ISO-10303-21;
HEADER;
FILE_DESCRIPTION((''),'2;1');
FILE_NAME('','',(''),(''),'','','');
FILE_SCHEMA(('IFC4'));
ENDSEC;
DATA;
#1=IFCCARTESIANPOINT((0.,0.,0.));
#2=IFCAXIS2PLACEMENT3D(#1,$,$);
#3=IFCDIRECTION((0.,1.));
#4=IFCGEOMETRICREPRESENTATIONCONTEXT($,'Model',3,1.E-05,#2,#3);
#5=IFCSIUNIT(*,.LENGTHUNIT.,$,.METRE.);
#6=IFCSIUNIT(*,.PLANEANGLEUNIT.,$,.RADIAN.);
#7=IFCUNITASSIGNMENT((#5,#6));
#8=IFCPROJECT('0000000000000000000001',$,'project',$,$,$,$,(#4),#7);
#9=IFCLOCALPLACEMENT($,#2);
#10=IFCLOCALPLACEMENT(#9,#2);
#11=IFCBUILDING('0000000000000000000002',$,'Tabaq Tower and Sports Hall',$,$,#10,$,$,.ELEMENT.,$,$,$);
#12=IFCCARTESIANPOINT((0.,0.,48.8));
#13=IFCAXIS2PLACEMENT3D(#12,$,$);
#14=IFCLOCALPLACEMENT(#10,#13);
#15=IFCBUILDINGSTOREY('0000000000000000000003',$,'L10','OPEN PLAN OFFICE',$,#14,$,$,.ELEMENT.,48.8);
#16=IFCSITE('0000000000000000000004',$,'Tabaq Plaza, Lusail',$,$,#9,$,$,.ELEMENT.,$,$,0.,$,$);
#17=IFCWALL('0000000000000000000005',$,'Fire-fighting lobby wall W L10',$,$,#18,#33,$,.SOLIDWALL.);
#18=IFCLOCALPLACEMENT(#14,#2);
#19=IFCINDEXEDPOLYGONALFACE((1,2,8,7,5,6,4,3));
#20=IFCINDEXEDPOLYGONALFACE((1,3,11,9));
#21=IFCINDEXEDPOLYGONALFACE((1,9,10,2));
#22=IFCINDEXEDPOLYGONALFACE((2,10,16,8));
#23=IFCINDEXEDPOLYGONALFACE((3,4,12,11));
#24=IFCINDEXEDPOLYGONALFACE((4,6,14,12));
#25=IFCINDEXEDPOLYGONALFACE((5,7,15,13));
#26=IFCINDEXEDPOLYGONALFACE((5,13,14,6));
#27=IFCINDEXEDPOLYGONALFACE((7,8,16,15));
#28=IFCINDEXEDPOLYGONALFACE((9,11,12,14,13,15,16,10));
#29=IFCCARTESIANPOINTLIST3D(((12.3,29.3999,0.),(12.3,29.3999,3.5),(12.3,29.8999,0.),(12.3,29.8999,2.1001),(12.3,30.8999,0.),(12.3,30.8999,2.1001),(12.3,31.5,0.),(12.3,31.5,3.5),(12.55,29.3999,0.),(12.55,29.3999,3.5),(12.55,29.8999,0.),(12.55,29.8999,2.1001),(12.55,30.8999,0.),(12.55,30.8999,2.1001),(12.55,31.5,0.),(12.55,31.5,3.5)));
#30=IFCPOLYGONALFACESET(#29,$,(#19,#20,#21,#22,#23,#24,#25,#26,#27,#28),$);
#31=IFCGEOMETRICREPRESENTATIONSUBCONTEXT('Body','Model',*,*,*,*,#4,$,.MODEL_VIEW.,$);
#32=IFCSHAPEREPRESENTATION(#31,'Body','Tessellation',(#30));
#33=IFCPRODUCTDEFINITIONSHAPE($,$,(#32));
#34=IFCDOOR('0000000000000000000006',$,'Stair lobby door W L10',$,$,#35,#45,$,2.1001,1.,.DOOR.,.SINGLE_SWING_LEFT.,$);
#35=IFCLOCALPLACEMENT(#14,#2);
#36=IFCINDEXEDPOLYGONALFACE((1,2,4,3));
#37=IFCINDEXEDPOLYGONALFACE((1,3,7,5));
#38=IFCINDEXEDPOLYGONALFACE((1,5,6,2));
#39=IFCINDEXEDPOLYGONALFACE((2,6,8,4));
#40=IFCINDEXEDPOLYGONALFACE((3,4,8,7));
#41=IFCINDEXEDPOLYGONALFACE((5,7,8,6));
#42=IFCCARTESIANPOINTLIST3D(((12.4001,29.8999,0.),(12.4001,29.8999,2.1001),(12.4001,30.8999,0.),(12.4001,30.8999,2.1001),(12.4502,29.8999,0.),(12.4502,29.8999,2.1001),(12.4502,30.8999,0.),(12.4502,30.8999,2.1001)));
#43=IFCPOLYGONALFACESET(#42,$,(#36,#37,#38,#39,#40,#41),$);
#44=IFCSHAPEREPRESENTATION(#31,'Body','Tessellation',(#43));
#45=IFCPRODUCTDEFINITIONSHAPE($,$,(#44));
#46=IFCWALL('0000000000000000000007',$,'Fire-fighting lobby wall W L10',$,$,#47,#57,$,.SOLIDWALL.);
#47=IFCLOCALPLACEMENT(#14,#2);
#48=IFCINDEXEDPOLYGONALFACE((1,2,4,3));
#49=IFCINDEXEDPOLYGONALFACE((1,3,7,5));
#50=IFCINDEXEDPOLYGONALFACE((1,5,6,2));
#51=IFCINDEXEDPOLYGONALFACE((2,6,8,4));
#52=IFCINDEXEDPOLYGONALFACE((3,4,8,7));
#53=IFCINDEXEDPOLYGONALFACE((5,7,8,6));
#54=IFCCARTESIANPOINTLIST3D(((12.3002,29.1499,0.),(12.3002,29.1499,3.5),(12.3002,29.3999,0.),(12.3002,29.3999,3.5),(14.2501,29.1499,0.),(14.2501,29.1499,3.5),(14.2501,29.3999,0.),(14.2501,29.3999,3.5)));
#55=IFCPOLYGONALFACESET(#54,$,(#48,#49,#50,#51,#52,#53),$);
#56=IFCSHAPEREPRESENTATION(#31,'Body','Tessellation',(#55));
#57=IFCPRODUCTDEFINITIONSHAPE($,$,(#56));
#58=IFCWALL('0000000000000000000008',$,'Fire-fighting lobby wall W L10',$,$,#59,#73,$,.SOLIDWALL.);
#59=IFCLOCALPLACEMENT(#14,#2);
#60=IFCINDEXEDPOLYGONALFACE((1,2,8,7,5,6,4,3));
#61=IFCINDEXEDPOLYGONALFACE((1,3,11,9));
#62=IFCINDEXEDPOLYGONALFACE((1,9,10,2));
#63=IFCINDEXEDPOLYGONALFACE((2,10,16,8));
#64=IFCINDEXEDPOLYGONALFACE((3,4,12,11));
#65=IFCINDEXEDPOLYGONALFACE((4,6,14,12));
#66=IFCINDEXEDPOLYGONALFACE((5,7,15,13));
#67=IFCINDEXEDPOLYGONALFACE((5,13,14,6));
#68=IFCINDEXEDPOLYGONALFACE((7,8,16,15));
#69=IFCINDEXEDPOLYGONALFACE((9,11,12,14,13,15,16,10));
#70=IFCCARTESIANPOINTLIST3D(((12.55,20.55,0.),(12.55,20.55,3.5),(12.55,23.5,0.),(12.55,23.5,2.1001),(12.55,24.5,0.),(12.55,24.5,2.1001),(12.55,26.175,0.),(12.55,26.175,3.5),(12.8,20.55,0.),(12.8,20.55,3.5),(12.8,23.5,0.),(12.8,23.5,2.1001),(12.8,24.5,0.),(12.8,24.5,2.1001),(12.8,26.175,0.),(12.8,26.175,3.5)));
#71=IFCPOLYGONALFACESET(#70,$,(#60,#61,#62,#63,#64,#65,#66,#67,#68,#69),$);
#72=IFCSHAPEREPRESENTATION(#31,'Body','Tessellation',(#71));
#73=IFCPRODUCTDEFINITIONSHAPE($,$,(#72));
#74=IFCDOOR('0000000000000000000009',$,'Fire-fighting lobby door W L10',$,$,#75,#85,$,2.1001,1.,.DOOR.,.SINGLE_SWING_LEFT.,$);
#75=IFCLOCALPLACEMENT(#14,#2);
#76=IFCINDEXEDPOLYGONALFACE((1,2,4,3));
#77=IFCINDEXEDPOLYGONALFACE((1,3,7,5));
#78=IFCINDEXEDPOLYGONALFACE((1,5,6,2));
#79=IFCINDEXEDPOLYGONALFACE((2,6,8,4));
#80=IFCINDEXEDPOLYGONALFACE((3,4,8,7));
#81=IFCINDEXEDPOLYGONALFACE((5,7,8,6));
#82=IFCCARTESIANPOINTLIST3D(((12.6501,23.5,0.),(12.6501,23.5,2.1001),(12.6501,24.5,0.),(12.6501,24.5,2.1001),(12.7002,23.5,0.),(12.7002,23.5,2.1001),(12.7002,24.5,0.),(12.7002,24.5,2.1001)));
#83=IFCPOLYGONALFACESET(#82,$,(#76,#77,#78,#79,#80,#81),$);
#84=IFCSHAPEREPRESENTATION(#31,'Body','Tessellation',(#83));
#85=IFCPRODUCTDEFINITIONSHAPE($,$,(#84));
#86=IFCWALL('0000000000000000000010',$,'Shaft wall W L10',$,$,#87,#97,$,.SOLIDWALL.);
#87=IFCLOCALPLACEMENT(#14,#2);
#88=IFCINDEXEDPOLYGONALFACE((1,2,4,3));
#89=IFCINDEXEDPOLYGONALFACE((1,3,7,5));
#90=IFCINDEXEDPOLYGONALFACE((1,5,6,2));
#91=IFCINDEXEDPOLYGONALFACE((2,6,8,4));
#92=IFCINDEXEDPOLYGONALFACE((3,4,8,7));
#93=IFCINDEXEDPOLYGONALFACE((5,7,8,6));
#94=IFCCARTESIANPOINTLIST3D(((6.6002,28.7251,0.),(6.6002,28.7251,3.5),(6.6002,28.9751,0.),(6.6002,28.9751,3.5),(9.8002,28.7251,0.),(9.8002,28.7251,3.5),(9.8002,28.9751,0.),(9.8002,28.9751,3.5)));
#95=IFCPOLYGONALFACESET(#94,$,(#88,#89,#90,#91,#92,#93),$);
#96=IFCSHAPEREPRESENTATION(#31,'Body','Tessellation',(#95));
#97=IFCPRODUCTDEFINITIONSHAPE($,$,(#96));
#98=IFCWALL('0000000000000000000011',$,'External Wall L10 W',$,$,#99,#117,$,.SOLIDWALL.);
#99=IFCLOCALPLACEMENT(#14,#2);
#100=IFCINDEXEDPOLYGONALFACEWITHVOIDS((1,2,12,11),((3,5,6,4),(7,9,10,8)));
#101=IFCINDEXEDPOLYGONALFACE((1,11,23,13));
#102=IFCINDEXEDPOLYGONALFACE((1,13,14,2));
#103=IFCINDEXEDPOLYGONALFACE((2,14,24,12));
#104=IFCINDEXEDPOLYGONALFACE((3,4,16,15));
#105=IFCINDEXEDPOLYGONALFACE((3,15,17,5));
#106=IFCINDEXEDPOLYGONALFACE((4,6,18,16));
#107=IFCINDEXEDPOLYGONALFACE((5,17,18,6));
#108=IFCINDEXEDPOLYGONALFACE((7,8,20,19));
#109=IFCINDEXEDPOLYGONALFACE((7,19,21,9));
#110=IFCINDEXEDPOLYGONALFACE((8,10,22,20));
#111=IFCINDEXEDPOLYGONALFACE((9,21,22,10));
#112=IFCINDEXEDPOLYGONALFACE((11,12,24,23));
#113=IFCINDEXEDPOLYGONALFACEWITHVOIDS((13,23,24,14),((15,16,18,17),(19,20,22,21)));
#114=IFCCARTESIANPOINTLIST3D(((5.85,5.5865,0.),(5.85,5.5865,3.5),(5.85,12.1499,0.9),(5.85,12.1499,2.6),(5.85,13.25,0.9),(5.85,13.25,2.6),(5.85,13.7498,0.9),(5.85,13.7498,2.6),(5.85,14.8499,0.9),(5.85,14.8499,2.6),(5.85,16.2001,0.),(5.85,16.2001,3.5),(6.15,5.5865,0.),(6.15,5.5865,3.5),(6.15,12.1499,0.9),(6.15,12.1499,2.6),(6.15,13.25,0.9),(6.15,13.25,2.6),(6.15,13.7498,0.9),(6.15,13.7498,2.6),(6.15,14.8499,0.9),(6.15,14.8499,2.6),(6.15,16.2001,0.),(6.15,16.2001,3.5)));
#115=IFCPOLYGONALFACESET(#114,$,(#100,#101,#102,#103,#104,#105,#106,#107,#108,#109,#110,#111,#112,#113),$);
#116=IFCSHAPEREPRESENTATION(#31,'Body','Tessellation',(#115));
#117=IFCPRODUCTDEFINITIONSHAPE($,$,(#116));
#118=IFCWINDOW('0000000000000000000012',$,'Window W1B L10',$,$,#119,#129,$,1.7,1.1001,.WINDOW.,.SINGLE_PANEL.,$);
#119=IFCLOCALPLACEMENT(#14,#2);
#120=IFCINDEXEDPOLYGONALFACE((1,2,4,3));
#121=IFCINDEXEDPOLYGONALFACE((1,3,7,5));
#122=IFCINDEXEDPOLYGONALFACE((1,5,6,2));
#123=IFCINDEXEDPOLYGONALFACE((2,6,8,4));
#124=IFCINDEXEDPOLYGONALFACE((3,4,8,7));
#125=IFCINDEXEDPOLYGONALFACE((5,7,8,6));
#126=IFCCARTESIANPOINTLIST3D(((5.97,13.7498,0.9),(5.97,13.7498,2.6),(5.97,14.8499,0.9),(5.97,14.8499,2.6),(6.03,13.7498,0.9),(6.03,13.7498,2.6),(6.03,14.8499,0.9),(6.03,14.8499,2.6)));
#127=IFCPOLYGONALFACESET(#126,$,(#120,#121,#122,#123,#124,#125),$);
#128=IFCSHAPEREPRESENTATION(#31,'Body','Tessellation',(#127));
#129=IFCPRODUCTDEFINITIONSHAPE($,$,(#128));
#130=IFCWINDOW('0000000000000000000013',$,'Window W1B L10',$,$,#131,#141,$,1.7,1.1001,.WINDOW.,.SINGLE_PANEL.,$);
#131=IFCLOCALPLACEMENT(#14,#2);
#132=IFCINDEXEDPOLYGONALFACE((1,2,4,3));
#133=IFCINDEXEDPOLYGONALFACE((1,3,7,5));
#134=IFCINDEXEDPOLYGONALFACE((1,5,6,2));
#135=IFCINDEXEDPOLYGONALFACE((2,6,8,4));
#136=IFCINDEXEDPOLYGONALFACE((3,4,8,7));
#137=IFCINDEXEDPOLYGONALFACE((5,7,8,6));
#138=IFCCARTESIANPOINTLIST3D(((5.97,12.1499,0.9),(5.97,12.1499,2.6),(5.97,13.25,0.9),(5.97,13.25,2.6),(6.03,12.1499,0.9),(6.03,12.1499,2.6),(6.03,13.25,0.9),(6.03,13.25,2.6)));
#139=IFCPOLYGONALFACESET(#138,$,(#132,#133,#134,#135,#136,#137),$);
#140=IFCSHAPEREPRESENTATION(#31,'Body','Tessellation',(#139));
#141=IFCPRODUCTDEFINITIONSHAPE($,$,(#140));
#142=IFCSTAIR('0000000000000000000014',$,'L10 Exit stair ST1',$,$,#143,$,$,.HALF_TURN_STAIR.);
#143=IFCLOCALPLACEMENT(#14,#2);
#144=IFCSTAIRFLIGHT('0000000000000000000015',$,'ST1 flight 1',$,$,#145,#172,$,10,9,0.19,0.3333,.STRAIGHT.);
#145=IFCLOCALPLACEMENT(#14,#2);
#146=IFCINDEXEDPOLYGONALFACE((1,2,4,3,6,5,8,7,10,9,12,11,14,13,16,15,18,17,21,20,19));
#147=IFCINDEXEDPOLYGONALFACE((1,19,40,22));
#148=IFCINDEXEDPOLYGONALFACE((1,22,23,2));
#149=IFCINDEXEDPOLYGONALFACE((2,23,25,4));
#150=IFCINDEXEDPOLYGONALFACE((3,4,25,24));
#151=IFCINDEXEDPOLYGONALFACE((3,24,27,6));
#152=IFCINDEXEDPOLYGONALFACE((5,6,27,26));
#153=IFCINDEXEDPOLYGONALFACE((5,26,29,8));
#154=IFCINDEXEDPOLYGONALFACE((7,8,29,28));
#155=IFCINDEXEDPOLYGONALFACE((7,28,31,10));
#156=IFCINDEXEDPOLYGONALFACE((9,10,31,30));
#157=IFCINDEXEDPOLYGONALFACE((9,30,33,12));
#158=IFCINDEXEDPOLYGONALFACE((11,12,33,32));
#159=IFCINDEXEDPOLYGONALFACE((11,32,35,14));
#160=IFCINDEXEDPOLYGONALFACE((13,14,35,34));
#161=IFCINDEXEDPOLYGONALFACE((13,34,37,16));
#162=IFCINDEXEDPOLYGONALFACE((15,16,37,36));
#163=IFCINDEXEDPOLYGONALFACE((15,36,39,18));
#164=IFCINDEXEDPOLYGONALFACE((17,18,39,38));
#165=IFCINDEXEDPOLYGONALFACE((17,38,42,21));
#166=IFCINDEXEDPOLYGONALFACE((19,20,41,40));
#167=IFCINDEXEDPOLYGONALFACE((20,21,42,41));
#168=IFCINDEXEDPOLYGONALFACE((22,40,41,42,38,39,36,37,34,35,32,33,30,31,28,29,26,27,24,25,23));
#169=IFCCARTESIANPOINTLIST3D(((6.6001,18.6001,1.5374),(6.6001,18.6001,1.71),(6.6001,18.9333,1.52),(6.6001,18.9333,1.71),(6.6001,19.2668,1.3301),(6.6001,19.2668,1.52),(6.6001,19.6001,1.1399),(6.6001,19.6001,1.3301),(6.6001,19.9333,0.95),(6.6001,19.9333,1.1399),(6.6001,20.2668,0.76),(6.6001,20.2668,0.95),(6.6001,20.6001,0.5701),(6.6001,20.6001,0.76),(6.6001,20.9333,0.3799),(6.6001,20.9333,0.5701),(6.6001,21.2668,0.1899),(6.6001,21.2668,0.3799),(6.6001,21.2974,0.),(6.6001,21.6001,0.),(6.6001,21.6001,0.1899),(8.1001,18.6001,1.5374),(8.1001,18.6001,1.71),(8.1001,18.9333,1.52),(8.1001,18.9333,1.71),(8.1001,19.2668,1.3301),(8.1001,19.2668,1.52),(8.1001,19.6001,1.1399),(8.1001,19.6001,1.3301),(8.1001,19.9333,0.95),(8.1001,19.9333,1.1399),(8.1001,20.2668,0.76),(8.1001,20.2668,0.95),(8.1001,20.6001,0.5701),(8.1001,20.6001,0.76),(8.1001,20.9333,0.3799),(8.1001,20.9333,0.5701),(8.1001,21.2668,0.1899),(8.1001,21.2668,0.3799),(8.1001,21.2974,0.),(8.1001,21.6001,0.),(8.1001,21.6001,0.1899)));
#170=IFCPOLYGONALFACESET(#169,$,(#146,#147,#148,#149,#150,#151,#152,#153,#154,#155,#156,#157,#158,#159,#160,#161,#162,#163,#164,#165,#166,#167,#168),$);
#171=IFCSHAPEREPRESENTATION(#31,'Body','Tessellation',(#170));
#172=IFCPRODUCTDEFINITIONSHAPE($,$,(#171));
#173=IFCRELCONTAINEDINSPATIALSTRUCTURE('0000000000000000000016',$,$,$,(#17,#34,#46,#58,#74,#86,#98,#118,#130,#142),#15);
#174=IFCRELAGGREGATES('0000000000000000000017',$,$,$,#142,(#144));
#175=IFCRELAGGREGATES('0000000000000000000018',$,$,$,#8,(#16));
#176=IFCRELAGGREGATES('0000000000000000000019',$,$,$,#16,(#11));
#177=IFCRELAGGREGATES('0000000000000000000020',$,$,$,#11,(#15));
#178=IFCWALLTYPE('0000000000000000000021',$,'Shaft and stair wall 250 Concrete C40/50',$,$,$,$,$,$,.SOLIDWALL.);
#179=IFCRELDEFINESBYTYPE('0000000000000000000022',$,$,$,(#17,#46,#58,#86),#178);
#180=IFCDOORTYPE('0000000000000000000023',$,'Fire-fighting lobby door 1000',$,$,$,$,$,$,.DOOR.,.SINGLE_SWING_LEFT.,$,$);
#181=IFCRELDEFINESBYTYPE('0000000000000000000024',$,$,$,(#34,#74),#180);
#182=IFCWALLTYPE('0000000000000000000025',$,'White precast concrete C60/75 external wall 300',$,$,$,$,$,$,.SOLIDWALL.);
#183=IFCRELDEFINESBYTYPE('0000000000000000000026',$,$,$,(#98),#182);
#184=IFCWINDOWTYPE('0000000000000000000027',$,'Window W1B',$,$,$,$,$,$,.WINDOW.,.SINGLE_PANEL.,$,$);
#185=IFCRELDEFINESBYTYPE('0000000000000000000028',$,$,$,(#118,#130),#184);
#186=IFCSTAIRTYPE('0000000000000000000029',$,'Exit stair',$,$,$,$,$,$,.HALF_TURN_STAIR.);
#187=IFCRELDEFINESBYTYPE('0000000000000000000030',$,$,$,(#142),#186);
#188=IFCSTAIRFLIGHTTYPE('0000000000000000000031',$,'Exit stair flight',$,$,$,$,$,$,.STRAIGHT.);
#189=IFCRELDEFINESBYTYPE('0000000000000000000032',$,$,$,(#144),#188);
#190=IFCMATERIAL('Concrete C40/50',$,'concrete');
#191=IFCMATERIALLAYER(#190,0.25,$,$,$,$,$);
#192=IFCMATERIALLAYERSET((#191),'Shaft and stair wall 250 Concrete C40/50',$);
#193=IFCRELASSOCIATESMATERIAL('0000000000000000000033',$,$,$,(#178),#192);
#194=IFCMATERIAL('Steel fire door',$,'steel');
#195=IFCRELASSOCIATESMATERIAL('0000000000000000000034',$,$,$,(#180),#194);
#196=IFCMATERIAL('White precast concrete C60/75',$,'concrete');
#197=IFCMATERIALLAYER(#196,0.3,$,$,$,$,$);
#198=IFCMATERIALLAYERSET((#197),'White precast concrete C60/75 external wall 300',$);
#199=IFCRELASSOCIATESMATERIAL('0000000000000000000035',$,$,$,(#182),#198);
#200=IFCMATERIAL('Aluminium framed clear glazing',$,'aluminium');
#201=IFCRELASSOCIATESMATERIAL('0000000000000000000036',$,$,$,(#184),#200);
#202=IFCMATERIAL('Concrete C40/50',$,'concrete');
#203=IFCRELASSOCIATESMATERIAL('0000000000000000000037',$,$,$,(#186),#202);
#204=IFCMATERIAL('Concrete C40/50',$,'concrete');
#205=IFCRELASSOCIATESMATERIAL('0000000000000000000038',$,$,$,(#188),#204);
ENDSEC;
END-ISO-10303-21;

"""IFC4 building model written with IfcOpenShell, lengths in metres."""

from ifc_helpers import new_model, si_unit, direction, frame, frame_2d, origin, place, context, subcontext, project, spatial, polyline, rectangle, outline, extrude, material, layer, layer_set, type_object, element, fill, aggregate, save


model = new_model("IFC4")

# Units and contexts
model_context = context("Model", 3, precision=1e-05, world=origin(), true_north=direction((0.0, 1.0)))
body_context = subcontext(model_context, "Body", "Model", "MODEL_VIEW")
ifc_project = project(units=[si_unit("LENGTHUNIT", "METRE"), si_unit("PLANEANGLEUNIT", "RADIAN")], contexts=[model_context])

# Site, building, storey
site_placement = place(None, origin())
site = spatial("IfcSite", under=ifc_project, at=site_placement, Name="Tabaq Plaza, Lusail", CompositionType="ELEMENT", RefElevation=0.0)
building_placement = place(site_placement, origin())
building = spatial("IfcBuilding", under=site, at=building_placement, Name="Tabaq Tower and Sports Hall", CompositionType="ELEMENT")
storey_placement = place(building_placement, frame((0.0, 0.0, 48.8)))
storey = spatial("IfcBuildingStorey", under=building, at=storey_placement, Name="L10", Description="OPEN PLAN OFFICE", CompositionType="ELEMENT", Elevation=48.8)

# Shared definitions
ifc_material_1 = material(Name="Concrete C40/50", Category="concrete")
ifc_layer_1 = layer(ifc_material_1, 0.25)
ifc_layer_set_1 = layer_set([ifc_layer_1], Name="Shaft and stair wall 250 Concrete C40/50")
wall_type_1 = type_object("IfcWallType", Name="Shaft and stair wall 250 Concrete C40/50", PredefinedType="SOLIDWALL", material=ifc_layer_set_1)

# Wall, opening, door
wall_1_placement = place(storey_placement, frame((12.425, 29.3999, 0.0), z_axis=(0.0, 0.0, 1.0), x_axis=(0.0, 1.0, 0.0)))
wall_1 = element("IfcWall", 1, at=wall_1_placement, inside=storey, type_object=wall_type_1, Name="Fire-fighting lobby wall W L10", PredefinedType="SOLIDWALL", context=body_context, shape_type="SweptSolid", body=[
    extrude(rectangle(XDim=2.1001, YDim=0.25, at=frame_2d((1.05, 0.0))), origin(), (0.0, 0.0, 1.0), 3.5),
])
opening_1_placement = place(wall_1_placement, frame((0.5, 0.0, 0.0)))
opening_1 = element("IfcOpeningElement", 2, at=opening_1_placement, cuts=wall_1, PredefinedType="OPENING", context=body_context, shape_type="SweptSolid", body=[
    extrude(rectangle(XDim=1.0, YDim=2.1001, at=frame_2d((0.5, 1.05))), frame((0.0, 0.125, 0.0), z_axis=(0.0, -1.0, 0.0), x_axis=(1.0, 0.0, 0.0)), (0.0, 0.0, 1.0), 0.25),
])
ifc_material_2 = material(Name="Steel fire door", Category="steel")
door_type_1 = type_object("IfcDoorType", Name="Fire-fighting lobby door 1000", OperationType="SINGLE_SWING_LEFT", PredefinedType="DOOR", material=ifc_material_2)
door_1_placement = place(opening_1_placement, origin())
door_1 = element("IfcDoor", 3, at=door_1_placement, inside=storey, type_object=door_type_1, Name="Stair lobby door W L10", OperationType="SINGLE_SWING_LEFT", OverallHeight=2.1001, OverallWidth=1.0, PredefinedType="DOOR", context=body_context, shape_type="SweptSolid", body=[
    extrude(rectangle(XDim=1.0, YDim=2.1001, at=frame_2d((0.5, 1.05))), frame((0.0, 0.0249, 0.0), z_axis=(0.0, -1.0, 0.0), x_axis=(1.0, 0.0, 0.0)), (0.0, 0.0, 1.0), 0.05),
])
fill(opening_1, door_1)

# Wall
wall_2_placement = place(storey_placement, frame((12.3, 29.2749, 0.0), z_axis=(0.0, 0.0, 1.0), x_axis=(1.0, 0.0, 0.0)))
element("IfcWall", 4, at=wall_2_placement, inside=storey, type_object=wall_type_1, Name="Fire-fighting lobby wall W L10", PredefinedType="SOLIDWALL", context=body_context, shape_type="SweptSolid", body=[
    extrude(rectangle(XDim=1.95, YDim=0.25, at=frame_2d((0.9751, 0.0))), origin(), (0.0, 0.0, 1.0), 3.5),
])

# Wall, opening, door
wall_3_placement = place(storey_placement, frame((12.675, 20.55, 0.0), z_axis=(0.0, 0.0, 1.0), x_axis=(0.0, 1.0, 0.0)))
wall_3 = element("IfcWall", 5, at=wall_3_placement, inside=storey, type_object=wall_type_1, Name="Fire-fighting lobby wall W L10", PredefinedType="SOLIDWALL", context=body_context, shape_type="SweptSolid", body=[
    extrude(rectangle(XDim=5.625, YDim=0.25, at=frame_2d((2.8125, 0.0))), origin(), (0.0, 0.0, 1.0), 3.5),
])
opening_2_placement = place(wall_3_placement, frame((2.95, 0.0, 0.0)))
opening_2 = element("IfcOpeningElement", 6, at=opening_2_placement, cuts=wall_3, PredefinedType="OPENING", context=body_context, shape_type="SweptSolid", body=[
    extrude(rectangle(XDim=1.0, YDim=2.1001, at=frame_2d((0.5, 1.05))), frame((0.0, 0.125, 0.0), z_axis=(0.0, -1.0, 0.0), x_axis=(1.0, 0.0, 0.0)), (0.0, 0.0, 1.0), 0.25),
])
door_2_placement = place(opening_2_placement, origin())
door_2 = element("IfcDoor", 7, at=door_2_placement, inside=storey, type_object=door_type_1, Name="Fire-fighting lobby door W L10", OperationType="SINGLE_SWING_LEFT", OverallHeight=2.1001, OverallWidth=1.0, PredefinedType="DOOR", context=body_context, shape_type="SweptSolid", body=[
    extrude(rectangle(XDim=1.0, YDim=2.1001, at=frame_2d((0.5, 1.05))), frame((0.0, 0.0249, 0.0), z_axis=(0.0, -1.0, 0.0), x_axis=(1.0, 0.0, 0.0)), (0.0, 0.0, 1.0), 0.05),
])
fill(opening_2, door_2)

# Wall
wall_4_placement = place(storey_placement, frame((6.6001, 28.8501, 0.0), z_axis=(0.0, 0.0, 1.0), x_axis=(1.0, 0.0, 0.0)))
element("IfcWall", 8, at=wall_4_placement, inside=storey, type_object=wall_type_1, Name="Shaft wall W L10", PredefinedType="SOLIDWALL", context=body_context, shape_type="SweptSolid", body=[
    extrude(rectangle(XDim=3.2, YDim=0.25, at=frame_2d((1.6001, 0.0))), origin(), (0.0, 0.0, 1.0), 3.5),
])

# Wall, openings, windows
ifc_material_3 = material(Name="White precast concrete C60/75", Category="concrete")
ifc_layer_2 = layer(ifc_material_3, 0.3)
ifc_layer_set_2 = layer_set([ifc_layer_2], Name="White precast concrete C60/75 external wall 300")
wall_type_2 = type_object("IfcWallType", Name="White precast concrete C60/75 external wall 300", PredefinedType="SOLIDWALL", material=ifc_layer_set_2)
wall_5_placement = place(storey_placement, frame((6.0, 16.2, 0.0), z_axis=(0.0, 0.0, 1.0), x_axis=(0.0, -1.0, 0.0)))
wall_5 = element("IfcWall", 9, at=wall_5_placement, inside=storey, type_object=wall_type_2, Name="External Wall L10 W", PredefinedType="SOLIDWALL", context=body_context, shape_type="SweptSolid", body=[
    extrude(rectangle(XDim=10.6135, YDim=0.3, at=frame_2d((5.3066, 0.0))), origin(), (0.0, 0.0, 1.0), 3.5),
])
opening_3_placement = place(wall_5_placement, frame((1.3501, 0.0, 0.8999)))
opening_3 = element("IfcOpeningElement", 10, at=opening_3_placement, cuts=wall_5, PredefinedType="OPENING", context=body_context, shape_type="SweptSolid", body=[
    extrude(rectangle(XDim=1.1001, YDim=1.7, at=frame_2d((0.55, 0.8501))), frame((0.0, 0.1602, 0.0), z_axis=(0.0, -1.0, 0.0), x_axis=(1.0, 0.0, 0.0)), (0.0, 0.0, 1.0), 0.3201),
])
opening_4_placement = place(wall_5_placement, frame((2.95, 0.0, 0.8999)))
opening_4 = element("IfcOpeningElement", 11, at=opening_4_placement, cuts=wall_5, PredefinedType="OPENING", context=body_context, shape_type="SweptSolid", body=[
    extrude(rectangle(XDim=1.1001, YDim=1.7, at=frame_2d((0.55, 0.8501))), frame((0.0, 0.1602, 0.0), z_axis=(0.0, -1.0, 0.0), x_axis=(1.0, 0.0, 0.0)), (0.0, 0.0, 1.0), 0.3201),
])
ifc_material_4 = material(Name="Aluminium framed clear glazing", Category="aluminium")
window_type = type_object("IfcWindowType", Name="Window W1B", PartitioningType="SINGLE_PANEL", PredefinedType="WINDOW", material=ifc_material_4)
window_1_placement = place(opening_3_placement, origin())
window_1 = element("IfcWindow", 12, at=window_1_placement, inside=storey, type_object=window_type, Name="Window W1B L10", OverallHeight=1.7, OverallWidth=1.1001, PartitioningType="SINGLE_PANEL", PredefinedType="WINDOW", context=body_context, shape_type="SweptSolid", body=[
    extrude(rectangle(XDim=1.1001, YDim=1.7, at=frame_2d((0.55, 0.8501))), frame((0.0, 0.03, 0.0), z_axis=(0.0, -1.0, 0.0), x_axis=(1.0, 0.0, 0.0)), (0.0, 0.0, 1.0), 0.0601),
])
fill(opening_3, window_1)
window_2_placement = place(opening_4_placement, origin())
window_2 = element("IfcWindow", 13, at=window_2_placement, inside=storey, type_object=window_type, Name="Window W1B L10", OverallHeight=1.7, OverallWidth=1.1001, PartitioningType="SINGLE_PANEL", PredefinedType="WINDOW", context=body_context, shape_type="SweptSolid", body=[
    extrude(rectangle(XDim=1.1001, YDim=1.7, at=frame_2d((0.55, 0.8501))), frame((0.0, 0.03, 0.0), z_axis=(0.0, -1.0, 0.0), x_axis=(1.0, 0.0, 0.0)), (0.0, 0.0, 1.0), 0.0601),
])
fill(opening_4, window_2)

# Stair, stair flight
ifc_material_5 = material(Name="Concrete C40/50", Category="concrete")
stair_type = type_object("IfcStairType", Name="Exit stair", PredefinedType="HALF_TURN_STAIR", material=ifc_material_5)
stair_placement = place(storey_placement, origin())
stair = element("IfcStair", 14, at=stair_placement, inside=storey, type_object=stair_type, Name="L10 Exit stair ST1", PredefinedType="HALF_TURN_STAIR")
ifc_material_6 = material(Name="Concrete C40/50", Category="concrete")
stair_flight_type = type_object("IfcStairFlightType", Name="Exit stair flight", PredefinedType="STRAIGHT", material=ifc_material_6)
stair_flight_1_placement = place(storey_placement, frame((7.3501, 21.6001, 0.0), z_axis=(0.0, 0.0, 1.0), x_axis=(0.0, -1.0, 0.0)))
stair_flight_1 = element("IfcStairFlight", 15, at=stair_flight_1_placement, type_object=stair_flight_type, Name="ST1 flight 1", NumberOfRisers=10, NumberOfTreads=9, PredefinedType="STRAIGHT", RiserHeight=0.19, TreadLength=0.3333, context=body_context, shape_type="SweptSolid", body=[
    extrude(outline(polyline([(0.0, 0.0), (0.0, 0.1899), (0.3333, 0.1899), (0.3333, 0.3799), (0.6667, 0.3799), (0.6667, 0.5701), (1.0, 0.5701), (1.0, 0.76), (1.3333, 0.76), (1.3333, 0.95), (1.6667, 0.95), (1.6667, 1.1399), (2.0, 1.1399), (2.0, 1.3301), (2.3333, 1.3301), (2.3333, 1.52), (2.6667, 1.52), (2.6667, 1.71), (3.0, 1.71), (3.0, 1.8999), (3.0, 1.5374), (0.3027, 0.0), (0.0, 0.0)])), frame((0.0, 0.75, 0.0), z_axis=(0.0, -1.0, 0.0), x_axis=(1.0, 0.0, 0.0)), (0.0, 0.0, 1.0), 1.5),
])
aggregate(stair, [stair_flight_1])

save(model, "model.ifc")
